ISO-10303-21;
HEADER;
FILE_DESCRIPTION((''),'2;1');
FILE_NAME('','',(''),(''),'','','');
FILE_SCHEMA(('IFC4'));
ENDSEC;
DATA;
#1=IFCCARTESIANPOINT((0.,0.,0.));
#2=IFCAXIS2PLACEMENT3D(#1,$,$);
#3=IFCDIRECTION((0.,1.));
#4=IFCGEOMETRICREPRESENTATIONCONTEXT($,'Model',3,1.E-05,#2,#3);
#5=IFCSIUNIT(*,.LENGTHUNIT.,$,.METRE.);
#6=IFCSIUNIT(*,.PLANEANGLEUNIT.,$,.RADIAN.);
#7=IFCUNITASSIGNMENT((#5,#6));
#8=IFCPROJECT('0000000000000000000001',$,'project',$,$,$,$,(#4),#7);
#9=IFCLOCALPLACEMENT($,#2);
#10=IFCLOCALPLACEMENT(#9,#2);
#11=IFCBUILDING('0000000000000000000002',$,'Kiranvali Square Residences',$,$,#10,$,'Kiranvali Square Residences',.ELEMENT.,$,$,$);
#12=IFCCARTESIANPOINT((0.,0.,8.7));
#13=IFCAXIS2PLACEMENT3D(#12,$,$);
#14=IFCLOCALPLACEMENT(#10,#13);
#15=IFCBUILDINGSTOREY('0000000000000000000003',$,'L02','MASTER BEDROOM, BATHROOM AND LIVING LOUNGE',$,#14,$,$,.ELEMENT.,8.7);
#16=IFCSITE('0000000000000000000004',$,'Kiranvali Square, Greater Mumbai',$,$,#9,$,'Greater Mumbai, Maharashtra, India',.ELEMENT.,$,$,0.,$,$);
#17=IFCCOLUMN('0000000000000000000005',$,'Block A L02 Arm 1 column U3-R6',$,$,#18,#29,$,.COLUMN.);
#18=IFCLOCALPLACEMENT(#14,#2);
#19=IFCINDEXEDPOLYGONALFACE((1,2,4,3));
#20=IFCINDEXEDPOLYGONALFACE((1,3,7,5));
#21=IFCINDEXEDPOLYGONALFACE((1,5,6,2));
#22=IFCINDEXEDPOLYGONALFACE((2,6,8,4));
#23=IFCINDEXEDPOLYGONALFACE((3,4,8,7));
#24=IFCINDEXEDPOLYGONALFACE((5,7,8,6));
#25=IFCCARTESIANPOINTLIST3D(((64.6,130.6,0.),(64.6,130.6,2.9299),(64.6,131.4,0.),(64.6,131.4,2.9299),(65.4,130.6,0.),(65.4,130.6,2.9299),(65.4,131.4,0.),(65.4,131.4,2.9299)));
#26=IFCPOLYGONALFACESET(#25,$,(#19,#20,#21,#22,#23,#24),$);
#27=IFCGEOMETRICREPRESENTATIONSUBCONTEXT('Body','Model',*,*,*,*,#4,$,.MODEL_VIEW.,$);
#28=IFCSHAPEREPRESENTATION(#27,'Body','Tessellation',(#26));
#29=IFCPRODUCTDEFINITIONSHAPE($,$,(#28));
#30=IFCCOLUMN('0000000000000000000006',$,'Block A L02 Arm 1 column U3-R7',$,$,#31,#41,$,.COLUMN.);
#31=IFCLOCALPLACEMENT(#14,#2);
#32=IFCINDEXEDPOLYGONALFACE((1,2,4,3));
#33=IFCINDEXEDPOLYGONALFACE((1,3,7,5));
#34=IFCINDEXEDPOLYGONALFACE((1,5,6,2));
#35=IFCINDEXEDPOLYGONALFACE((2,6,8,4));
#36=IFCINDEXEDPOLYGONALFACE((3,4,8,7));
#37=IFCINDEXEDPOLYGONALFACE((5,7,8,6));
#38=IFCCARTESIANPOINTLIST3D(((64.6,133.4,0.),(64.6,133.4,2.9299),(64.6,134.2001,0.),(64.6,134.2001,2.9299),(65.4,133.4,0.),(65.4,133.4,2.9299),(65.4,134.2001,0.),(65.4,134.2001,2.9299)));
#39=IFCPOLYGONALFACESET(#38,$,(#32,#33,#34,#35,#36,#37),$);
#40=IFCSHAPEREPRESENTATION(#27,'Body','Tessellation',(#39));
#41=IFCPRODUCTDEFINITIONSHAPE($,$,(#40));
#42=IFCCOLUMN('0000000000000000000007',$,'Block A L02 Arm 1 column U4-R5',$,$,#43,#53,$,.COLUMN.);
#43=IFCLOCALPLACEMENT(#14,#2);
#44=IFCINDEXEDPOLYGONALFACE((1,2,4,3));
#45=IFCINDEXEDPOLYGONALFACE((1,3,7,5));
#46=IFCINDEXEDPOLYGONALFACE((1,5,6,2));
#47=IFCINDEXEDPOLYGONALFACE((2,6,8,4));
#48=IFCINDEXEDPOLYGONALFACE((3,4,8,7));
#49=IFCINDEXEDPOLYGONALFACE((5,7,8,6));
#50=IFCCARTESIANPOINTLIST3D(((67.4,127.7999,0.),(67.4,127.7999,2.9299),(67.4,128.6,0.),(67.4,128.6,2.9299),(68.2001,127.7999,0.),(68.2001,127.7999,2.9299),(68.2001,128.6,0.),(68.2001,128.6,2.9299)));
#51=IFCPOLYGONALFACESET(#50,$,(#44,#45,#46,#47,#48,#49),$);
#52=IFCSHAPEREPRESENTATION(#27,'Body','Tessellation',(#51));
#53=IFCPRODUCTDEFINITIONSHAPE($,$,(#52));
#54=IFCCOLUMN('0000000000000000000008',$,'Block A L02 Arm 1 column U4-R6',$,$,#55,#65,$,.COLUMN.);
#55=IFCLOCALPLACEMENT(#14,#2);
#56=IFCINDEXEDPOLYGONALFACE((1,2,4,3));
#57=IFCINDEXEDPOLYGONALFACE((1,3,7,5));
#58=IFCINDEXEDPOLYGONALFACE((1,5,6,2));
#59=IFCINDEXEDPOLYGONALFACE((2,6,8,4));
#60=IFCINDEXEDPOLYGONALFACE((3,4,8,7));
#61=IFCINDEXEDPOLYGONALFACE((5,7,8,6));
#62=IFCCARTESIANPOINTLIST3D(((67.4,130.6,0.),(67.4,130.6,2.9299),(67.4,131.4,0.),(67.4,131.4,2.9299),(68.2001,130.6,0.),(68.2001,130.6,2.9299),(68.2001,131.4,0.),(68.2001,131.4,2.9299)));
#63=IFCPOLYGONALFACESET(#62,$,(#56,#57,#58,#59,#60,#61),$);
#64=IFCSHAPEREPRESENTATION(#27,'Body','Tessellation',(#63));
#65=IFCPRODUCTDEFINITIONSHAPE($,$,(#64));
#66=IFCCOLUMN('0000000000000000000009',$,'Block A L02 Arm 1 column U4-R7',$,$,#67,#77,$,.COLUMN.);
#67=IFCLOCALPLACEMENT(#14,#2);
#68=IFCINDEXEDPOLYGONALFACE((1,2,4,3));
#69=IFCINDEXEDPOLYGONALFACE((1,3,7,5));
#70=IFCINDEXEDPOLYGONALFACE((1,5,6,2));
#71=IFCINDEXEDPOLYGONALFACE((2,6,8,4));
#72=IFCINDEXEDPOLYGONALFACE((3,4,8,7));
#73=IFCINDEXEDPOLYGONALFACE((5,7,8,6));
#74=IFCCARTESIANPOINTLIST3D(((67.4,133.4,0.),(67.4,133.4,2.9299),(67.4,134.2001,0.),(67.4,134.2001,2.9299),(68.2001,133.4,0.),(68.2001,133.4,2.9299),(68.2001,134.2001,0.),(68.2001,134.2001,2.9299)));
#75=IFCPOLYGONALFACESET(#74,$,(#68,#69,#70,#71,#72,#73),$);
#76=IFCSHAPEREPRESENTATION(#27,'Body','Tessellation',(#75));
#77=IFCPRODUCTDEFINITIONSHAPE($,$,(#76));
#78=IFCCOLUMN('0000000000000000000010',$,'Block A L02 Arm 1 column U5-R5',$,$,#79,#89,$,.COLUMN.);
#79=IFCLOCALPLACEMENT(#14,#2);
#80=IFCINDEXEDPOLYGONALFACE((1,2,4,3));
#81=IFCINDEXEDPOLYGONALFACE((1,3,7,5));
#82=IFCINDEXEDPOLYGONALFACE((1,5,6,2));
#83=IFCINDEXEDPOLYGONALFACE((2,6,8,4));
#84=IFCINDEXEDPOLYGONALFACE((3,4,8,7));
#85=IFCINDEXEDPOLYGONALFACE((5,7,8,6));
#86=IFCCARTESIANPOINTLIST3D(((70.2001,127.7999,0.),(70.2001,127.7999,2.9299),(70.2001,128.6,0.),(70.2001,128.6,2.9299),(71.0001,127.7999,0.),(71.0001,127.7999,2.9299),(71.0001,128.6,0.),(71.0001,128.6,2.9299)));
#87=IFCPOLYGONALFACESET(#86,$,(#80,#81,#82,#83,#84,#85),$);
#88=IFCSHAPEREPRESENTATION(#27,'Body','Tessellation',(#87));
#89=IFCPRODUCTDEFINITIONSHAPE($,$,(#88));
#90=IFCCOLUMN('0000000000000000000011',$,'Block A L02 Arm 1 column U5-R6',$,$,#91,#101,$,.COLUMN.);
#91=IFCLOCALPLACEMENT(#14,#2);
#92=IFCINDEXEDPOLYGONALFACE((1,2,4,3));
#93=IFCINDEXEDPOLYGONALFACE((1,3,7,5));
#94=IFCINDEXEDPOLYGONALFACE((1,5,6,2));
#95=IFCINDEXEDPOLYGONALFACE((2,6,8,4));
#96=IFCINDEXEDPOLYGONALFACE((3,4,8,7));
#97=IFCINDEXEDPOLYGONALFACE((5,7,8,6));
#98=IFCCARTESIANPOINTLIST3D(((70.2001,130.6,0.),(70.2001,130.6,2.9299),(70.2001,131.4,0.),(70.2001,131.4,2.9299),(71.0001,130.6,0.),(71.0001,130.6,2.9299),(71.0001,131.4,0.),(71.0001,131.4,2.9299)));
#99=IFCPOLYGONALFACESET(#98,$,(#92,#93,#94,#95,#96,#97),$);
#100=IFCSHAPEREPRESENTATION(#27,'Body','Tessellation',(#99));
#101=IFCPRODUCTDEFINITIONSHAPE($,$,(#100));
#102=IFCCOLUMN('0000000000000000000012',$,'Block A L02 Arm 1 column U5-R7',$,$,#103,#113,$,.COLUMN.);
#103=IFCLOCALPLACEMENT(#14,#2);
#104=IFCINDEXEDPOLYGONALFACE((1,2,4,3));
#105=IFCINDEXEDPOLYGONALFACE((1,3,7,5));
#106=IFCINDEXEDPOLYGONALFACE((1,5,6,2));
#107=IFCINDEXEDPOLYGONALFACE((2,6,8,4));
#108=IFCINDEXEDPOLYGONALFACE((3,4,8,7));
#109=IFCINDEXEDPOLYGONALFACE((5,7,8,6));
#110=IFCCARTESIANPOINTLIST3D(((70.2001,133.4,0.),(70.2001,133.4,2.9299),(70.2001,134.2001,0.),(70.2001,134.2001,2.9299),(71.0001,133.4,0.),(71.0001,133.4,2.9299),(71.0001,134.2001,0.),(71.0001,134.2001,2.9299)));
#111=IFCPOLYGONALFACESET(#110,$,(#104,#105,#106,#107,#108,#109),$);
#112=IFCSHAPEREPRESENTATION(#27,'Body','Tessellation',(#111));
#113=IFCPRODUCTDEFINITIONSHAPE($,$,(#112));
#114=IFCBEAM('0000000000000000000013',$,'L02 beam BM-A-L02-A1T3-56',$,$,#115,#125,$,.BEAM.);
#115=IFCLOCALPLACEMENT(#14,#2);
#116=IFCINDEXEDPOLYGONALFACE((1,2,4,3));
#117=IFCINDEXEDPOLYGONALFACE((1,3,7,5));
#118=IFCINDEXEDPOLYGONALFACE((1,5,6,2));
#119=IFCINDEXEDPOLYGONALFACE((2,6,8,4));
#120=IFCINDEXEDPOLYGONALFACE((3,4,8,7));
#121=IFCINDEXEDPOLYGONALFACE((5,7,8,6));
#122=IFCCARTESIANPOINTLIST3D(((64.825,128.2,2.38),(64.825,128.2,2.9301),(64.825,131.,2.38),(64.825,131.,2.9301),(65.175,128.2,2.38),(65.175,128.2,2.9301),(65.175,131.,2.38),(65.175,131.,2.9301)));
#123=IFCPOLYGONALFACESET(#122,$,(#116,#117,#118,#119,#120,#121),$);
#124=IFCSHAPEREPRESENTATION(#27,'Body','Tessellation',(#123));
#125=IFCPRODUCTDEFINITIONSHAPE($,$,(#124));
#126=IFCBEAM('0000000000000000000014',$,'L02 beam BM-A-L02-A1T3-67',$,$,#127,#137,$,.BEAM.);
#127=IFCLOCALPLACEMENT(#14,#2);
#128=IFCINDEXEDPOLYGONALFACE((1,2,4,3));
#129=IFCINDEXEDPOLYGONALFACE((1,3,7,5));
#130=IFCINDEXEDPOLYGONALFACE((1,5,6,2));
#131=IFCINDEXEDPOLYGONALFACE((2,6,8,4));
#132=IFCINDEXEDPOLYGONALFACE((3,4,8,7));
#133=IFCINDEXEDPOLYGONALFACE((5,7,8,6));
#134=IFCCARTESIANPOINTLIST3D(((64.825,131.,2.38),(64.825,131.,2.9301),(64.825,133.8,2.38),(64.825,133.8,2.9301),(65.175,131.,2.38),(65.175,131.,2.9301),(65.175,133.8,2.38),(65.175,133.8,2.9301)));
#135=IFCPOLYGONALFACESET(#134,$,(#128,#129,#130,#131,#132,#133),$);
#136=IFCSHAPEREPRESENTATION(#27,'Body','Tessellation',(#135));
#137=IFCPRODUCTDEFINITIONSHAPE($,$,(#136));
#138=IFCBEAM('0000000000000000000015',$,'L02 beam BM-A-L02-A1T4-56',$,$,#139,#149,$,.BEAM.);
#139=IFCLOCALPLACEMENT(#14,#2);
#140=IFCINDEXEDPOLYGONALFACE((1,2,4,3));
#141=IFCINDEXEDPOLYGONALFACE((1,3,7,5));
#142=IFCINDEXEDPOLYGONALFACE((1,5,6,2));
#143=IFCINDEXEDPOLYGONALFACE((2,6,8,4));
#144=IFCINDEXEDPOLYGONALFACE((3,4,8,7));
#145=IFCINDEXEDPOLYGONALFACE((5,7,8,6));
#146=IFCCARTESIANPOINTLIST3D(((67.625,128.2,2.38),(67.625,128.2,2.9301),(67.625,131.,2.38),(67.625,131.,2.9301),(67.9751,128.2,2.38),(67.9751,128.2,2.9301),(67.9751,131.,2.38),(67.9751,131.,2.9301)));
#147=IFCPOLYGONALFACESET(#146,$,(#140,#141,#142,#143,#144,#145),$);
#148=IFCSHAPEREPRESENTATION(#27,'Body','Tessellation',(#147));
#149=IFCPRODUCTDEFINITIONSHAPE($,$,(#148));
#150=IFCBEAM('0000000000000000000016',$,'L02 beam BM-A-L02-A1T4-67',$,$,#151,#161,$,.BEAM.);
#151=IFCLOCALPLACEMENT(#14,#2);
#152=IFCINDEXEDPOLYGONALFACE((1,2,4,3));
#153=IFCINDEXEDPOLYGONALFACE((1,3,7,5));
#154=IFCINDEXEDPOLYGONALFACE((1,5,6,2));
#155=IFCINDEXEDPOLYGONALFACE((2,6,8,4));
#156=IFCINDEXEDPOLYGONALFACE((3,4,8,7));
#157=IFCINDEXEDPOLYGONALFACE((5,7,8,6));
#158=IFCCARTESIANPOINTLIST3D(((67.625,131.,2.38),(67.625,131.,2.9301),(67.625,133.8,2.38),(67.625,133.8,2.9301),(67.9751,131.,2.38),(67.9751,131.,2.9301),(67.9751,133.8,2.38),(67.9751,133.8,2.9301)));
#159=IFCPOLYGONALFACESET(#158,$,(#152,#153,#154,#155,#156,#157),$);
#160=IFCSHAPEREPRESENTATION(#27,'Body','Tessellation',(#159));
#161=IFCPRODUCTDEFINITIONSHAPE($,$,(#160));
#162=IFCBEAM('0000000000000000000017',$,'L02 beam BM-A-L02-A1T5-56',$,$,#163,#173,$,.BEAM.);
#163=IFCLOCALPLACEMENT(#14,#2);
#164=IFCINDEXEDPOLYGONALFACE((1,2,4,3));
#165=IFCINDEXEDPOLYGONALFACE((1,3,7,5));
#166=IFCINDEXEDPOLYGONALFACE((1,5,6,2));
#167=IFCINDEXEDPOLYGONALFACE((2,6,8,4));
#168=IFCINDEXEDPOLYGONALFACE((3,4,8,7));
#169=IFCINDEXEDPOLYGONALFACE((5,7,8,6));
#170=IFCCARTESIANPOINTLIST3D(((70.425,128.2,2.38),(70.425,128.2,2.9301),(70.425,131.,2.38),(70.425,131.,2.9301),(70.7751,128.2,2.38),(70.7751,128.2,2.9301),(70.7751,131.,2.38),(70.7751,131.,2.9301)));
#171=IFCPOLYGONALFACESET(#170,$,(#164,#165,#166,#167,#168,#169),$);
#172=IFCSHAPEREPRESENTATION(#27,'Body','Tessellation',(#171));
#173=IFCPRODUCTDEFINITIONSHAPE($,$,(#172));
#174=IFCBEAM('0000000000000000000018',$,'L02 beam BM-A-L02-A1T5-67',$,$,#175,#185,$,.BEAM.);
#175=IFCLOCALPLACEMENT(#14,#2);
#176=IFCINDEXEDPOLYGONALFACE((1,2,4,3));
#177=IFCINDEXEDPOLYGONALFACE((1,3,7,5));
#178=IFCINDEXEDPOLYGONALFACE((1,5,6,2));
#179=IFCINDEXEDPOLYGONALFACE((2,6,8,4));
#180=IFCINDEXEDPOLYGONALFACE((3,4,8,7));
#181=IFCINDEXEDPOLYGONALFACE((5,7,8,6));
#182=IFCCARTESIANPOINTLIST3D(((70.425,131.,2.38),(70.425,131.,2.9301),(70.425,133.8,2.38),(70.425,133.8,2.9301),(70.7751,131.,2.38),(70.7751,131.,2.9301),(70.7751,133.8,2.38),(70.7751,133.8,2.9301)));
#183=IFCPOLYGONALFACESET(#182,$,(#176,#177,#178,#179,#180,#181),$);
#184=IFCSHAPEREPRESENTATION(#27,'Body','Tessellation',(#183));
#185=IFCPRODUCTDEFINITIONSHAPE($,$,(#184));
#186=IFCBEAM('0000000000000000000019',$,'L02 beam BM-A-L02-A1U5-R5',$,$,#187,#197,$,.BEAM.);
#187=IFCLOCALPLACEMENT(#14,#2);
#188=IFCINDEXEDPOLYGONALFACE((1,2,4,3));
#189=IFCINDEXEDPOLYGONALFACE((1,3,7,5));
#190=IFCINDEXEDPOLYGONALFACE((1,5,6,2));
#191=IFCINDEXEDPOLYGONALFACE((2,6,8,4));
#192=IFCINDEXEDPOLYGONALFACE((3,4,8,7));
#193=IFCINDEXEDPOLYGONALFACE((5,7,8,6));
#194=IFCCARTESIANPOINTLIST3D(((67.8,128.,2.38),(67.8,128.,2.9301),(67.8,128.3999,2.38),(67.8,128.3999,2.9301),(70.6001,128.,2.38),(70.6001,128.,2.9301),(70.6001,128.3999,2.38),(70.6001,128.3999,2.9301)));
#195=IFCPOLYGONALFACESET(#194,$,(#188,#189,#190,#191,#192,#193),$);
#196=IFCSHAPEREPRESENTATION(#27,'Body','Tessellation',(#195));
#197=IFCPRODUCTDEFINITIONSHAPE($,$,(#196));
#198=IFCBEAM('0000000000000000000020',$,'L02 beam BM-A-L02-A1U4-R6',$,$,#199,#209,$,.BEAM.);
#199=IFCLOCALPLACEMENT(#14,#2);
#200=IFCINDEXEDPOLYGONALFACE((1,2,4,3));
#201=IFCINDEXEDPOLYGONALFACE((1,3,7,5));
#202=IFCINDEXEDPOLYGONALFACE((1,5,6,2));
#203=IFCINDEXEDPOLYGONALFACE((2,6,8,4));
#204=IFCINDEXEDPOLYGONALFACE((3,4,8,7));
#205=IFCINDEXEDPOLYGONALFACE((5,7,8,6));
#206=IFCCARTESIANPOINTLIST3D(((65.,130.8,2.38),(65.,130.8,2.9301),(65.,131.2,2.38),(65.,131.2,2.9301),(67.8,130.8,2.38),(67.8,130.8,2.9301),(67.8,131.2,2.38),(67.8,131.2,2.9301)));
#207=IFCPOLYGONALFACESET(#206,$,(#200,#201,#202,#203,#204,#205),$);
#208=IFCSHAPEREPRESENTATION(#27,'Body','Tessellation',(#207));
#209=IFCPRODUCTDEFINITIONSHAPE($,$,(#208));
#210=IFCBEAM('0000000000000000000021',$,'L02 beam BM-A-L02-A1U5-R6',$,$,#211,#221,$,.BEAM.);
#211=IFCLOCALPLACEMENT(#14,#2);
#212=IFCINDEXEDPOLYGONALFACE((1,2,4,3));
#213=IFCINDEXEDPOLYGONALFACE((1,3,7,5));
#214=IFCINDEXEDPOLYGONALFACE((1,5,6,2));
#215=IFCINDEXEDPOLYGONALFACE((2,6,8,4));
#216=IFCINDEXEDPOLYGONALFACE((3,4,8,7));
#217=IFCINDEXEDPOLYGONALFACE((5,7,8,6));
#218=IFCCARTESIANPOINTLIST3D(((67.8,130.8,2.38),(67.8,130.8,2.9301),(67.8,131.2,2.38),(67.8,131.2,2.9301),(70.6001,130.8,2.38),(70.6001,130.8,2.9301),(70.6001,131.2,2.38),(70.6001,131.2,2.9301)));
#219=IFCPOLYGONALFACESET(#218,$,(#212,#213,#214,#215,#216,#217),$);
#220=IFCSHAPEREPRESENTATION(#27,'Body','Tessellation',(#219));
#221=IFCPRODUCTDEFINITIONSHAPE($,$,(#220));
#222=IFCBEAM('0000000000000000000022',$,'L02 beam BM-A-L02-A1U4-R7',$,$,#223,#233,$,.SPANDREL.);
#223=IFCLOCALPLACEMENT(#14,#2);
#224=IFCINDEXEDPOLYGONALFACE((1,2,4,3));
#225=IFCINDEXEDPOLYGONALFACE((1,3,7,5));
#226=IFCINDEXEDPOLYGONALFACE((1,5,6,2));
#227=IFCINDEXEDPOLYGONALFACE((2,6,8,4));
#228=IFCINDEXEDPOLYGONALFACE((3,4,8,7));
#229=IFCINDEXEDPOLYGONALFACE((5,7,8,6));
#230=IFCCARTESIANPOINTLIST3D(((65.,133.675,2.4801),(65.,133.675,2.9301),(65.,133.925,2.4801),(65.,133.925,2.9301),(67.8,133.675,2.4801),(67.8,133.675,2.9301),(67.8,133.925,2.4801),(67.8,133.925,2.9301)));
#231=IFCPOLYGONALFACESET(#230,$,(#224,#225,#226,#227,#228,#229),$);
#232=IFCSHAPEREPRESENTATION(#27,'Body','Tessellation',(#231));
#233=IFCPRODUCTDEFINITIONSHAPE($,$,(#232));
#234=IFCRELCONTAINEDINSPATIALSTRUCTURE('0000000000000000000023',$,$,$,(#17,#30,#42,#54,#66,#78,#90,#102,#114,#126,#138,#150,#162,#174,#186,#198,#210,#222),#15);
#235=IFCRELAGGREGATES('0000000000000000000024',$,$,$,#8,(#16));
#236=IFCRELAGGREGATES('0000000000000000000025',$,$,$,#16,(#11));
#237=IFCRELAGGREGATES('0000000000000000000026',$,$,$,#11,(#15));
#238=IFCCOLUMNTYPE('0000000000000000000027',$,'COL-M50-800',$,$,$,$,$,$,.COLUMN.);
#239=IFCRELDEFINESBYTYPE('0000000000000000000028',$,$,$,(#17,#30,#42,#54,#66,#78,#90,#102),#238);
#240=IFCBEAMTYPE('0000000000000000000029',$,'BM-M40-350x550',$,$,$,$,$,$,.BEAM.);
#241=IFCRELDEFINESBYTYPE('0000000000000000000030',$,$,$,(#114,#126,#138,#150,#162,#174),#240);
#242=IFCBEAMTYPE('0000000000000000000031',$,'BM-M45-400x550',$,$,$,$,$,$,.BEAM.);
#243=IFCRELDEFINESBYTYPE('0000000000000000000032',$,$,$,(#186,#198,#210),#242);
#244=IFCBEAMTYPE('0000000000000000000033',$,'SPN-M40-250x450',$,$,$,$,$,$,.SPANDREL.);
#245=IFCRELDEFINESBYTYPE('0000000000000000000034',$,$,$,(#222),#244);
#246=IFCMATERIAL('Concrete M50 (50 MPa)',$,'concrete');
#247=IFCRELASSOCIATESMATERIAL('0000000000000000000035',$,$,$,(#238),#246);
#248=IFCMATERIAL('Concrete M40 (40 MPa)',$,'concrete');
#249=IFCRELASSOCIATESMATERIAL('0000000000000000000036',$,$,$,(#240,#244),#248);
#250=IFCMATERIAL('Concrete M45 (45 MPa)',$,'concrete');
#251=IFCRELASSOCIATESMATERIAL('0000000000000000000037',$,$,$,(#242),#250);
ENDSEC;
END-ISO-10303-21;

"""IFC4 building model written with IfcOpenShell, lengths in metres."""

from ifc_helpers import new_model, si_unit, direction, frame, origin, origin_2d, place, context, subcontext, project, spatial, rectangle, extrude, material, material_profile, profile_set, type_object, element, save


model = new_model("IFC4")

# Units and contexts
model_context = context("Model", 3, precision=1e-05, world=origin(), true_north=direction((0.0, 1.0)))
body_context = subcontext(model_context, "Body", "Model", "MODEL_VIEW")
ifc_project = project(units=[si_unit("LENGTHUNIT", "METRE"), si_unit("PLANEANGLEUNIT", "RADIAN")], contexts=[model_context])

# Site, building, storey
site_placement = place(None, origin())
site = spatial("IfcSite", under=ifc_project, at=site_placement, Name="Kiranvali Square, Greater Mumbai", LongName="Greater Mumbai, Maharashtra, India", CompositionType="ELEMENT", RefElevation=0.0)
building_placement = place(site_placement, origin())
building = spatial("IfcBuilding", under=site, at=building_placement, Name="Kiranvali Square Residences", LongName="Kiranvali Square Residences", CompositionType="ELEMENT")
storey_placement = place(building_placement, frame((0.0, 0.0, 8.7)))
storey = spatial("IfcBuildingStorey", under=building, at=storey_placement, Name="L02", Description="MASTER BEDROOM, BATHROOM AND LIVING LOUNGE", CompositionType="ELEMENT", Elevation=8.7)

# Columns
ifc_material_1 = material(Name="Concrete M50 (50 MPa)", Category="concrete")
ifc_material_profile_1 = material_profile(ifc_material_1, rectangle(XDim=0.8, YDim=0.8, at=origin_2d()), Name="RC 800x800")
ifc_profile_set_1 = profile_set([ifc_material_profile_1], Name="Concrete M50 (50 MPa)")
column_type = type_object("IfcColumnType", Name="COL-M50-800", PredefinedType="COLUMN", material=ifc_profile_set_1)
for number, where, z_axis, x_axis, name in (
    (1, (65.0, 131.0, 0.0), (0.0, 0.0, 1.0), (1.0, 0.0, 0.0), "Block A L02 Arm 1 column U3-R6"),
    (2, (65.0, 133.8, 0.0), (0.0, 0.0, 1.0), (1.0, 0.0, 0.0), "Block A L02 Arm 1 column U3-R7"),
    (3, (67.8, 128.2, 0.0), (0.0, 0.0, 1.0), (1.0, 0.0, 0.0), "Block A L02 Arm 1 column U4-R5"),
    (4, (67.8, 131.0, 0.0), (0.0, 0.0, 1.0), (1.0, 0.0, 0.0), "Block A L02 Arm 1 column U4-R6"),
    (5, (67.8, 133.8, 0.0), (0.0, 0.0, 1.0), (1.0, 0.0, 0.0), "Block A L02 Arm 1 column U4-R7"),
    (6, (70.6001, 128.2, 0.0), (0.0, 0.0, 1.0), (1.0, 0.0, 0.0), "Block A L02 Arm 1 column U5-R5"),
    (7, (70.6001, 131.0, 0.0), (0.0, 0.0, 1.0), (1.0, 0.0, 0.0), "Block A L02 Arm 1 column U5-R6"),
    (8, (70.6001, 133.8, 0.0), (0.0, 0.0, 1.0), (1.0, 0.0, 0.0), "Block A L02 Arm 1 column U5-R7"),
):
    element("IfcColumn", number, at=place(storey_placement, frame(where, z_axis=z_axis, x_axis=x_axis)), inside=storey, type_object=column_type, Name=name, PredefinedType="COLUMN", context=body_context, shape_type="SweptSolid", body=[
        extrude(rectangle(XDim=0.8, YDim=0.8, at=origin_2d()), origin(), (0.0, 0.0, 1.0), 2.9299),
    ])

# Beams
ifc_material_2 = material(Name="Concrete M40 (40 MPa)", Category="concrete")
ifc_material_profile_2 = material_profile(ifc_material_2, rectangle(XDim=0.3501, YDim=0.55, at=origin_2d()), Name="RC 350x550")
ifc_profile_set_2 = profile_set([ifc_material_profile_2], Name="Concrete M40 (40 MPa)")
beam_type_1 = type_object("IfcBeamType", Name="BM-M40-350x550", PredefinedType="BEAM", material=ifc_profile_set_2)
for number, where, z_axis, x_axis, name in (
    (9, (65.0, 128.2, 2.655), (0.0, 1.0, 0.0), (-1.0, 0.0, 0.0), "L02 beam BM-A-L02-A1T3-56"),
    (10, (65.0, 131.0, 2.655), (0.0, 1.0, 0.0), (-1.0, 0.0, 0.0), "L02 beam BM-A-L02-A1T3-67"),
    (11, (67.8, 128.2, 2.655), (0.0, 1.0, 0.0), (-1.0, 0.0, 0.0), "L02 beam BM-A-L02-A1T4-56"),
    (12, (67.8, 131.0, 2.655), (0.0, 1.0, 0.0), (-1.0, 0.0, 0.0), "L02 beam BM-A-L02-A1T4-67"),
    (13, (70.6001, 128.2, 2.655), (0.0, 1.0, 0.0), (-1.0, 0.0, 0.0), "L02 beam BM-A-L02-A1T5-56"),
    (14, (70.6001, 131.0, 2.655), (0.0, 1.0, 0.0), (-1.0, 0.0, 0.0), "L02 beam BM-A-L02-A1T5-67"),
):
    element("IfcBeam", number, at=place(storey_placement, frame(where, z_axis=z_axis, x_axis=x_axis)), inside=storey, type_object=beam_type_1, Name=name, PredefinedType="BEAM", context=body_context, shape_type="SweptSolid", body=[
        extrude(rectangle(XDim=0.3501, YDim=0.55, at=origin_2d()), origin(), (0.0, 0.0, 1.0), 2.8),
    ])
ifc_material_3 = material(Name="Concrete M45 (45 MPa)", Category="concrete")
ifc_material_profile_3 = material_profile(ifc_material_3, rectangle(XDim=0.3999, YDim=0.55, at=origin_2d()), Name="RC 400x550")
ifc_profile_set_3 = profile_set([ifc_material_profile_3], Name="Concrete M45 (45 MPa)")
beam_type_2 = type_object("IfcBeamType", Name="BM-M45-400x550", PredefinedType="BEAM", material=ifc_profile_set_3)
for number, where, z_axis, x_axis, name in (
    (15, (67.8, 128.2, 2.655), (1.0, 0.0, 0.0), (0.0, 1.0, 0.0), "L02 beam BM-A-L02-A1U5-R5"),
    (16, (65.0, 131.0, 2.655), (1.0, 0.0, 0.0), (0.0, 1.0, 0.0), "L02 beam BM-A-L02-A1U4-R6"),
    (17, (67.8, 131.0, 2.655), (1.0, 0.0, 0.0), (0.0, 1.0, 0.0), "L02 beam BM-A-L02-A1U5-R6"),
):
    element("IfcBeam", number, at=place(storey_placement, frame(where, z_axis=z_axis, x_axis=x_axis)), inside=storey, type_object=beam_type_2, Name=name, PredefinedType="BEAM", context=body_context, shape_type="SweptSolid", body=[
        extrude(rectangle(XDim=0.3999, YDim=0.55, at=origin_2d()), origin(), (0.0, 0.0, 1.0), 2.8),
    ])
ifc_material_profile_4 = material_profile(ifc_material_2, rectangle(XDim=0.25, YDim=0.45, at=origin_2d()), Name="RC 250x450")
ifc_profile_set_4 = profile_set([ifc_material_profile_4], Name="Concrete M40 (40 MPa)")
beam_type_3 = type_object("IfcBeamType", Name="SPN-M40-250x450", PredefinedType="SPANDREL", material=ifc_profile_set_4)
for number, where, z_axis, x_axis, name in (
    (18, (65.0, 133.8, 2.7051), (1.0, 0.0, 0.0), (0.0, 1.0, 0.0), "L02 beam BM-A-L02-A1U4-R7"),
):
    element("IfcBeam", number, at=place(storey_placement, frame(where, z_axis=z_axis, x_axis=x_axis)), inside=storey, type_object=beam_type_3, Name=name, PredefinedType="SPANDREL", context=body_context, shape_type="SweptSolid", body=[
        extrude(rectangle(XDim=0.25, YDim=0.45, at=origin_2d()), origin(), (0.0, 0.0, 1.0), 2.8),
    ])

save(model, "model.ifc")
